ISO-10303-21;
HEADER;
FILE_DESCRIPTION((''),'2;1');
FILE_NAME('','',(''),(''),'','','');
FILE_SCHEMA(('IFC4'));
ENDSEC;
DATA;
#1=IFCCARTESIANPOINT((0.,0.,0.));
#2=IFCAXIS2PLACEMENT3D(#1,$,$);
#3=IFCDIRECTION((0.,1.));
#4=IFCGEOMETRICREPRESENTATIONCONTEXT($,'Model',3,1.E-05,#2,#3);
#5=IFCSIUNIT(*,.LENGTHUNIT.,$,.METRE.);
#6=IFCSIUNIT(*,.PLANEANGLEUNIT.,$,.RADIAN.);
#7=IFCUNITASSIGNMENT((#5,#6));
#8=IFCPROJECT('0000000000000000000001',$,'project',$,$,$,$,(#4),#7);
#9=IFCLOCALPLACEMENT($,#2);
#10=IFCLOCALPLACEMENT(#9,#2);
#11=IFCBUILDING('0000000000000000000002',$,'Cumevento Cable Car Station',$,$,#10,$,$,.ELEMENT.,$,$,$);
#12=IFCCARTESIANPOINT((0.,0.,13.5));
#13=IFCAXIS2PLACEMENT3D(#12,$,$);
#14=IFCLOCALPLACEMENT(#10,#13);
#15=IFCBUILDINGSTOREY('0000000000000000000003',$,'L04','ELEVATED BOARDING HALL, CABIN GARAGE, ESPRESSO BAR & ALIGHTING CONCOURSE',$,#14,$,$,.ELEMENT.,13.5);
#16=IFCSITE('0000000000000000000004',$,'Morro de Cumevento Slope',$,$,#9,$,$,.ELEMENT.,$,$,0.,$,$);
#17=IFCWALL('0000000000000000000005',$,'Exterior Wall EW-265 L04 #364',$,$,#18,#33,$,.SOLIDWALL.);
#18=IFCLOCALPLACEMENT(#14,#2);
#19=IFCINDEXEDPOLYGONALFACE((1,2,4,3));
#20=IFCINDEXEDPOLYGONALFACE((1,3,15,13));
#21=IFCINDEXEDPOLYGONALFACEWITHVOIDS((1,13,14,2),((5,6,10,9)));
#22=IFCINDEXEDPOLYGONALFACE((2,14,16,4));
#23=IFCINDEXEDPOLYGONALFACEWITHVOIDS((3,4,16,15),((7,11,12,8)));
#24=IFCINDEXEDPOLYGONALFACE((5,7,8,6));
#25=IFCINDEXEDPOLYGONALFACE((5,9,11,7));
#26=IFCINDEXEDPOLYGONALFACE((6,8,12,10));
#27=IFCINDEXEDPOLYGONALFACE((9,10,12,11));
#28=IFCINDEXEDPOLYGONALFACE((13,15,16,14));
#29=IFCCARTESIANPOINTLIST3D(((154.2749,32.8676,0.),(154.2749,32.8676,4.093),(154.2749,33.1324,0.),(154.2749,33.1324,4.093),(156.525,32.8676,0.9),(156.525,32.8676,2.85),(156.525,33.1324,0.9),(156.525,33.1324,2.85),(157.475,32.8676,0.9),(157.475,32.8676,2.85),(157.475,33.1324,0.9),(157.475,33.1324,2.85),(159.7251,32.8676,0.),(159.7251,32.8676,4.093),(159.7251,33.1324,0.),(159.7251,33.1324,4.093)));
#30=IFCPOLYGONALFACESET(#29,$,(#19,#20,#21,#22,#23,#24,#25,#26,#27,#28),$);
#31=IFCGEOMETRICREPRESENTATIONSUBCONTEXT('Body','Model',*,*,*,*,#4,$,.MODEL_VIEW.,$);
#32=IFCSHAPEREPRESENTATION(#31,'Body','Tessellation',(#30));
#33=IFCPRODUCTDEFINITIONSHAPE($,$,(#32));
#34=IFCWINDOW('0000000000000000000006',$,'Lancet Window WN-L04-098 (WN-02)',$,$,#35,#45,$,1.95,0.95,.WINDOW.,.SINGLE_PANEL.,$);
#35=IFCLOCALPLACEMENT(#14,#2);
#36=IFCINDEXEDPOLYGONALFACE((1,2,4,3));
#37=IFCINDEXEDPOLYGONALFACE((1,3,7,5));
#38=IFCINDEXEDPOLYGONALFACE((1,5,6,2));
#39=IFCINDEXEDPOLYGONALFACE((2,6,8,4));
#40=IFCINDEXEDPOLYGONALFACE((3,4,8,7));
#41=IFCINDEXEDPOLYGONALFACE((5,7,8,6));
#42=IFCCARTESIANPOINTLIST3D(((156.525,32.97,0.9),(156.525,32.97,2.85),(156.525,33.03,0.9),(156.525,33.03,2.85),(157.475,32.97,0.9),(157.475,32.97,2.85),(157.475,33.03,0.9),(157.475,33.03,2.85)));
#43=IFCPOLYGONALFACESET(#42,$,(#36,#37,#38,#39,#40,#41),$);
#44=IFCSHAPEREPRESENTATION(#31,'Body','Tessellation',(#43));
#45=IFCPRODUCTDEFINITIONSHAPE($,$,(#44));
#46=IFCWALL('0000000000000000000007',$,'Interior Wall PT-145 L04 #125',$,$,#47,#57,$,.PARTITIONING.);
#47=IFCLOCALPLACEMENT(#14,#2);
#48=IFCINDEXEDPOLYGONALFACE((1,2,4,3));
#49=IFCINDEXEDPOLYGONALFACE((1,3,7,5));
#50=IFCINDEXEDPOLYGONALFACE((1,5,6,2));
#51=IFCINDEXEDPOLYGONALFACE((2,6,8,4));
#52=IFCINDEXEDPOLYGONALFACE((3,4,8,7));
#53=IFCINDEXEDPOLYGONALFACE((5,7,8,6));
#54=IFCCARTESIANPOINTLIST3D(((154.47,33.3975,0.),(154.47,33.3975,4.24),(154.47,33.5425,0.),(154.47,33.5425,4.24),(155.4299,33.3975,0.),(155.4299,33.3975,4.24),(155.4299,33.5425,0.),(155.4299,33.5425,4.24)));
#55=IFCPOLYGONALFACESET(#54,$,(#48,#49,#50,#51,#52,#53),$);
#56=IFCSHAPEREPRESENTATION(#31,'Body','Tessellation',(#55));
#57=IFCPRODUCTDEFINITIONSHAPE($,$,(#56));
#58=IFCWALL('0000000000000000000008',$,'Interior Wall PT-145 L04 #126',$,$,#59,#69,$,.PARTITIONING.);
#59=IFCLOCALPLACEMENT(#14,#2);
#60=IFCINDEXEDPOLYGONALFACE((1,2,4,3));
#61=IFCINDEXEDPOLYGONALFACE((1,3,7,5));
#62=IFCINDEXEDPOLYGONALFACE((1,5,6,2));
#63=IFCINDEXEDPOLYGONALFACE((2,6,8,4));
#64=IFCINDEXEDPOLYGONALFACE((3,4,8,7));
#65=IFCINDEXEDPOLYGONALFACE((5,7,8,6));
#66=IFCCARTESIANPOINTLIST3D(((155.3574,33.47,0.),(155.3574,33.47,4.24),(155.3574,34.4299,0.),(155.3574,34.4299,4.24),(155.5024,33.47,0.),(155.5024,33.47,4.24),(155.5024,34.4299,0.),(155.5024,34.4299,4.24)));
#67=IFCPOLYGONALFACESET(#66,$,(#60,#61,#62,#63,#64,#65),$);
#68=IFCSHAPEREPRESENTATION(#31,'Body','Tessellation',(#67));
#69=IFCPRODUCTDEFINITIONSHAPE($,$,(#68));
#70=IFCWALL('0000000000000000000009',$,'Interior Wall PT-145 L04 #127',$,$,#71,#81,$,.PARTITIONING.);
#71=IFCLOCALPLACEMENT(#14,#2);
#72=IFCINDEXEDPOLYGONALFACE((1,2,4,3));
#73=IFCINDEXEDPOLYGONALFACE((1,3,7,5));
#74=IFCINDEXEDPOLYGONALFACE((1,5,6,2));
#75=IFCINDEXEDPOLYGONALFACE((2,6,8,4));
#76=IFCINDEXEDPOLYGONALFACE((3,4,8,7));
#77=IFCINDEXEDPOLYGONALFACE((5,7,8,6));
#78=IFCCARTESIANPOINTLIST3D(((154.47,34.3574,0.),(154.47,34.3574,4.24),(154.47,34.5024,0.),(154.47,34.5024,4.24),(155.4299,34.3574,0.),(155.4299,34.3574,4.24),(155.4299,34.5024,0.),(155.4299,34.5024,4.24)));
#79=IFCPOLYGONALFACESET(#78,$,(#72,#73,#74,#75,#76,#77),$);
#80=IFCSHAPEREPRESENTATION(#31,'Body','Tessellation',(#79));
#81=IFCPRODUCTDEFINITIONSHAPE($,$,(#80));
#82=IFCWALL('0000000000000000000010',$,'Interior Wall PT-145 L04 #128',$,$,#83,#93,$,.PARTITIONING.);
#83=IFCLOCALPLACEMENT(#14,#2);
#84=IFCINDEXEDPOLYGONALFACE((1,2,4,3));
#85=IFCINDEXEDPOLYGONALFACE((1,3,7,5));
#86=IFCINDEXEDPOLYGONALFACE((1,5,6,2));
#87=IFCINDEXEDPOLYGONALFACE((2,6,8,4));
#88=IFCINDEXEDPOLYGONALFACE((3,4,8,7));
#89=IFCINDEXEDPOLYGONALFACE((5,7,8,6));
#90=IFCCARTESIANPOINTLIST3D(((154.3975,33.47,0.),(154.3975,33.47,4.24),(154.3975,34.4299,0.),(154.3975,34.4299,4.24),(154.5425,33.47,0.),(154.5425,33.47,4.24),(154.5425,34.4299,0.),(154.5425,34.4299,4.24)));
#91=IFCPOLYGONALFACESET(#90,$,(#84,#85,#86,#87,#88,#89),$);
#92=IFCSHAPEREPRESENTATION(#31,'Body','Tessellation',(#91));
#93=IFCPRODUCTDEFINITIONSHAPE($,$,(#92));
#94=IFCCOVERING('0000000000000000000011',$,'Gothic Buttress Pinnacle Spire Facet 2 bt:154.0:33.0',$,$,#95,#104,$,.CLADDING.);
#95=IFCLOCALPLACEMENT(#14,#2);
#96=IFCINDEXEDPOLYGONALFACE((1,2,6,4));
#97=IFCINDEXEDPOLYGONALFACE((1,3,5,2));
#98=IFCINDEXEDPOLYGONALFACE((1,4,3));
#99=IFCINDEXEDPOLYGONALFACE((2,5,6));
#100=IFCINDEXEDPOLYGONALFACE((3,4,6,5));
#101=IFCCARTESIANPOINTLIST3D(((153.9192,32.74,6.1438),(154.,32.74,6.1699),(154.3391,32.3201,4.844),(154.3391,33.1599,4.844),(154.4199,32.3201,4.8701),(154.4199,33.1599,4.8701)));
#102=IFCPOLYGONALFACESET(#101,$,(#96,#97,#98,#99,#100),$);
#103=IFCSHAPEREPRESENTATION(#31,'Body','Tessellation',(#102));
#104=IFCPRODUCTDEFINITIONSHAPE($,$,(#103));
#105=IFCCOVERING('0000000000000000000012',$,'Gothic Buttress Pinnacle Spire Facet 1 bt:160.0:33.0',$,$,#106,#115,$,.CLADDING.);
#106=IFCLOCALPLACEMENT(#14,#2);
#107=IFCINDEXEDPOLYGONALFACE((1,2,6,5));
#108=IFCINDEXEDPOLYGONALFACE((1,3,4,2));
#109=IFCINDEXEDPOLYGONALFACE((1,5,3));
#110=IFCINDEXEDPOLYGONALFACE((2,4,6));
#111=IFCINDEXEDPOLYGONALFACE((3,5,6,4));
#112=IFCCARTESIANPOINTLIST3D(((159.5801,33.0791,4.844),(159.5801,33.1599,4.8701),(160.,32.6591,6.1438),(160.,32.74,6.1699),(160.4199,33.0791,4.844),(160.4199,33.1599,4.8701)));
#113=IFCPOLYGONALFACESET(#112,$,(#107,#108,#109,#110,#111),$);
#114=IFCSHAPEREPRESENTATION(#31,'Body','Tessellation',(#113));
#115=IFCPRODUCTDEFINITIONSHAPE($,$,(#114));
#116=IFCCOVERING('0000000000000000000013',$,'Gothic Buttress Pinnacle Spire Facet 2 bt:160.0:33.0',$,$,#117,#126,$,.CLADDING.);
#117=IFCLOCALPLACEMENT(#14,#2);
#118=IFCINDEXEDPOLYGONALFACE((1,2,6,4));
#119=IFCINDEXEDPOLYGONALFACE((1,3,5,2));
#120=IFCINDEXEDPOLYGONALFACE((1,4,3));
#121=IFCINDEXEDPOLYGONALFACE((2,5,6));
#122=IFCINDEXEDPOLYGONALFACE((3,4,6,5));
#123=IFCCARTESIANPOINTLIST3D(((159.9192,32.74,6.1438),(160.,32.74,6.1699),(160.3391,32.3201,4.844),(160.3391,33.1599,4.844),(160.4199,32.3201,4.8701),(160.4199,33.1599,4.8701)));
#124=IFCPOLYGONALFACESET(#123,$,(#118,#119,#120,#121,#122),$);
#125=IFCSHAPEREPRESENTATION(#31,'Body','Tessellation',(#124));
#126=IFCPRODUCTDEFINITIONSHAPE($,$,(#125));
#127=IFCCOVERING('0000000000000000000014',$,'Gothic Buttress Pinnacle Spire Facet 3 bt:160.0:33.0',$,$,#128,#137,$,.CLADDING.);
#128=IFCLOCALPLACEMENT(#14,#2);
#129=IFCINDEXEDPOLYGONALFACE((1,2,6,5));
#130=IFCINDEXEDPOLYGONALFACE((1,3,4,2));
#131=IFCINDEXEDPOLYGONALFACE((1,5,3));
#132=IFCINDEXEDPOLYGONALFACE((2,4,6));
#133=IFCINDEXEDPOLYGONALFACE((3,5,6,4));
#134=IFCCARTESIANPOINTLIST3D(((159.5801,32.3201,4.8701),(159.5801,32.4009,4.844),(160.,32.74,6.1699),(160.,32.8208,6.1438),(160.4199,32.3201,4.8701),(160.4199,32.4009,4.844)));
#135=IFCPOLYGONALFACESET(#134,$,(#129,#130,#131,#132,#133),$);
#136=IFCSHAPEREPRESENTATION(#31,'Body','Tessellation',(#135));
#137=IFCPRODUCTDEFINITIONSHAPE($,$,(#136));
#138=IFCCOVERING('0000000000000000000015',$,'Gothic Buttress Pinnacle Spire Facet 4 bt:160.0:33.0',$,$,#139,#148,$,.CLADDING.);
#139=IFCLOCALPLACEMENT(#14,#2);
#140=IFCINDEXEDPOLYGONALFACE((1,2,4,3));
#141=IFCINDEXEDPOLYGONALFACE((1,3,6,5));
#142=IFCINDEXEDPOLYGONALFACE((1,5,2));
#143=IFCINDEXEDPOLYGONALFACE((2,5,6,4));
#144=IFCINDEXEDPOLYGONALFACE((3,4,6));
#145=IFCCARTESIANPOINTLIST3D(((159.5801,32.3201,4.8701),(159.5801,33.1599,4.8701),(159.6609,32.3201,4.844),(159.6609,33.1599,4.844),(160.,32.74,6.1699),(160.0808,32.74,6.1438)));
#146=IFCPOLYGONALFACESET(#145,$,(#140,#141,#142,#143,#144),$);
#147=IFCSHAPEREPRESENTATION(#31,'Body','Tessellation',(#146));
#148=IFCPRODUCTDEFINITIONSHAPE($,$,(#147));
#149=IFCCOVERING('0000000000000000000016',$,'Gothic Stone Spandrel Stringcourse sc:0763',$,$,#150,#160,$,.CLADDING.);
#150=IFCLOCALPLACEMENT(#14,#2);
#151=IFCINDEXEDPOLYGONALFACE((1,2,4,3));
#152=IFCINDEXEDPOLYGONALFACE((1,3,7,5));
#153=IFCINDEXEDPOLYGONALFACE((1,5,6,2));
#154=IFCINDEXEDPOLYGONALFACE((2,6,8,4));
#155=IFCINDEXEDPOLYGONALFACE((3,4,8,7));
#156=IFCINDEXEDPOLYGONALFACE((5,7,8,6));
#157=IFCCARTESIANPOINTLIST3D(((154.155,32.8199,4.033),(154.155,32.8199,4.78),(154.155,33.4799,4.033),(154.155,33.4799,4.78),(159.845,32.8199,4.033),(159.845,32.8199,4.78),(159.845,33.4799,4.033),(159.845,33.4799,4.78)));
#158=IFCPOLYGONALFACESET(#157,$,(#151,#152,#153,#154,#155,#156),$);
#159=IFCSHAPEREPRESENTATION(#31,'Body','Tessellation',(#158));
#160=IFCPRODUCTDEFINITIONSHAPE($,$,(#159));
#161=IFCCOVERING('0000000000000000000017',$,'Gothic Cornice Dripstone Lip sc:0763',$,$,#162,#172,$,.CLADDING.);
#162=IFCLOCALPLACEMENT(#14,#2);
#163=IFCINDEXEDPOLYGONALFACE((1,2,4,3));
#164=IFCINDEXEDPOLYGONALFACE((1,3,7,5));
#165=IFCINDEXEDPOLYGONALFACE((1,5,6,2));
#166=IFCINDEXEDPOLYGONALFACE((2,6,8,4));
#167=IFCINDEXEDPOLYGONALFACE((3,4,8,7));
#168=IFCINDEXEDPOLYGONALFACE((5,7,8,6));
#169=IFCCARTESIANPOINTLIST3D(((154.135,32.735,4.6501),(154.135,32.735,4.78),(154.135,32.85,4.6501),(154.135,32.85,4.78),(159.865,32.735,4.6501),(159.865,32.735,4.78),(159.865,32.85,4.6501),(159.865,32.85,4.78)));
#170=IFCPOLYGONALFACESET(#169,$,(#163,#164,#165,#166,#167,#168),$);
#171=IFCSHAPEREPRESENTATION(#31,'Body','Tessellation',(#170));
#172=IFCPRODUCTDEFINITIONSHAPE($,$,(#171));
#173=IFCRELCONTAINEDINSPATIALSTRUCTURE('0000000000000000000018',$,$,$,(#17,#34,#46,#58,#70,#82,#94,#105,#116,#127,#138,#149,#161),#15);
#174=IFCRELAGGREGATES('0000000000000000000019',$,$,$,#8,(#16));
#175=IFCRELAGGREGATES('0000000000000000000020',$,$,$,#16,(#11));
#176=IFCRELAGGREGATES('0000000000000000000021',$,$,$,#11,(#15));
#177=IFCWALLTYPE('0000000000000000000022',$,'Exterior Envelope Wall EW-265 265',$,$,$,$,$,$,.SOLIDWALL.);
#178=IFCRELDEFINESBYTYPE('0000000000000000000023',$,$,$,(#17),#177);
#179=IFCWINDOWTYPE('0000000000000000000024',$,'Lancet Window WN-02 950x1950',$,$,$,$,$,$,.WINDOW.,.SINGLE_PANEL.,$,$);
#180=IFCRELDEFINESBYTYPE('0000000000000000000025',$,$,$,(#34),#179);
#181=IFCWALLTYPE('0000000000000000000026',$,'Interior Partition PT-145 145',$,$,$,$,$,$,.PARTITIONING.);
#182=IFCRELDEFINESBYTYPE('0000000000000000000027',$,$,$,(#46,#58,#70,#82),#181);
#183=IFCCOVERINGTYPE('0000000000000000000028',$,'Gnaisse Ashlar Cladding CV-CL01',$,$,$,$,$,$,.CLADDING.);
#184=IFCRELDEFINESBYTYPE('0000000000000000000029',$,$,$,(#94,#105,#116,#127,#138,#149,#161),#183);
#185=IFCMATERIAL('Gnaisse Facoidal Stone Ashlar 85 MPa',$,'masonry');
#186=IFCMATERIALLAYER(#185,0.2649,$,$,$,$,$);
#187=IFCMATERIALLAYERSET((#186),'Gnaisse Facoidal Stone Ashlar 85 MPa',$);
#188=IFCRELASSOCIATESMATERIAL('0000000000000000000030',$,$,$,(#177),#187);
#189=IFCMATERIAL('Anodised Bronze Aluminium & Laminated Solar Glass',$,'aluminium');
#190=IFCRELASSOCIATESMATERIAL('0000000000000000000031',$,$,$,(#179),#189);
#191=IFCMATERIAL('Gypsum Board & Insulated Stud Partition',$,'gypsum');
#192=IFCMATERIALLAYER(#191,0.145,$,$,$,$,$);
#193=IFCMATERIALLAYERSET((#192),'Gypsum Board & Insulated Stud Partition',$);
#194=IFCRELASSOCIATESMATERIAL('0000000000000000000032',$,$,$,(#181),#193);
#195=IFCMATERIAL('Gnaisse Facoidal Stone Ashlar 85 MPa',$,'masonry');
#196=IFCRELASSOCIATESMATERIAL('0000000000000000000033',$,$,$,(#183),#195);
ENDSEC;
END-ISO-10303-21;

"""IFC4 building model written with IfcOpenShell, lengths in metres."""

from ifc_helpers import new_model, si_unit, direction, frame, frame_2d, origin, origin_2d, place, context, subcontext, project, spatial, polyline, rectangle, outline, extrude, material, layer, layer_set, type_object, element, fill, save


model = new_model("IFC4")

# Units and contexts
model_context = context("Model", 3, precision=1e-05, world=origin(), true_north=direction((0.0, 1.0)))
body_context = subcontext(model_context, "Body", "Model", "MODEL_VIEW")
ifc_project = project(units=[si_unit("LENGTHUNIT", "METRE"), si_unit("PLANEANGLEUNIT", "RADIAN")], contexts=[model_context])

# Site, building, storey
site_placement = place(None, origin())
site = spatial("IfcSite", under=ifc_project, at=site_placement, Name="Morro de Cumevento Slope", CompositionType="ELEMENT", RefElevation=0.0)
building_placement = place(site_placement, origin())
building = spatial("IfcBuilding", under=site, at=building_placement, Name="Cumevento Cable Car Station", CompositionType="ELEMENT")
storey_placement = place(building_placement, frame((0.0, 0.0, 13.5)))
storey = spatial("IfcBuildingStorey", under=building, at=storey_placement, Name="L04", Description="ELEVATED BOARDING HALL, CABIN GARAGE, ESPRESSO BAR & ALIGHTING CONCOURSE", CompositionType="ELEMENT", Elevation=13.5)

# Wall, opening, window
ifc_material_1 = material(Name="Gnaisse Facoidal Stone Ashlar 85 MPa", Category="masonry")
ifc_layer_1 = layer(ifc_material_1, 0.2649)
ifc_layer_set_1 = layer_set([ifc_layer_1], Name="Gnaisse Facoidal Stone Ashlar 85 MPa")
wall_type_1 = type_object("IfcWallType", Name="Exterior Envelope Wall EW-265 265", PredefinedType="SOLIDWALL", material=ifc_layer_set_1)
wall_placement = place(storey_placement, frame((159.7251, 33.0, 0.0), z_axis=(0.0, 0.0, 1.0), x_axis=(-1.0, 0.0, 0.0)))
wall = element("IfcWall", 1, at=wall_placement, inside=storey, type_object=wall_type_1, Name="Exterior Wall EW-265 L04 #364", PredefinedType="SOLIDWALL", context=body_context, shape_type="SweptSolid", body=[
    extrude(rectangle(XDim=5.4502, YDim=0.2649, at=frame_2d((2.7251, 0.0))), origin(), (0.0, 0.0, 1.0), 4.093),
])
opening_placement = place(wall_placement, frame((2.25, 0.0, 0.8999)))
opening = element("IfcOpeningElement", 2, at=opening_placement, cuts=wall, PredefinedType="OPENING", context=body_context, shape_type="SweptSolid", body=[
    extrude(rectangle(XDim=0.95, YDim=1.95, at=frame_2d((0.4751, 0.9751))), frame((0.0, 0.1423, 0.0), z_axis=(0.0, -1.0, 0.0), x_axis=(1.0, 0.0, 0.0)), (0.0, 0.0, 1.0), 0.2849),
])
ifc_material_2 = material(Name="Anodised Bronze Aluminium & Laminated Solar Glass", Category="aluminium")
window_type = type_object("IfcWindowType", Name="Lancet Window WN-02 950x1950", PartitioningType="SINGLE_PANEL", PredefinedType="WINDOW", material=ifc_material_2)
window_placement = place(opening_placement, origin())
window = element("IfcWindow", 3, at=window_placement, inside=storey, type_object=window_type, Name="Lancet Window WN-L04-098 (WN-02)", OverallHeight=1.95, OverallWidth=0.95, PartitioningType="SINGLE_PANEL", PredefinedType="WINDOW", context=body_context, shape_type="SweptSolid", body=[
    extrude(rectangle(XDim=0.95, YDim=1.95, at=frame_2d((0.4751, 0.9751))), frame((0.0, 0.03, 0.0), z_axis=(0.0, -1.0, 0.0), x_axis=(1.0, 0.0, 0.0)), (0.0, 0.0, 1.0), 0.0601),
])
fill(opening, window)

# Walls
ifc_material_3 = material(Name="Gypsum Board & Insulated Stud Partition", Category="gypsum")
ifc_layer_2 = layer(ifc_material_3, 0.145)
ifc_layer_set_2 = layer_set([ifc_layer_2], Name="Gypsum Board & Insulated Stud Partition")
wall_type_2 = type_object("IfcWallType", Name="Interior Partition PT-145 145", PredefinedType="PARTITIONING", material=ifc_layer_set_2)
for number, where, z_axis, x_axis, name in (
    (4, (154.47, 33.47, 0.0), (0.0, 0.0, 1.0), (1.0, 0.0, 0.0), "Interior Wall PT-145 L04 #125"),
    (5, (155.4299, 33.47, 0.0), (0.0, 0.0, 1.0), (0.0, 1.0, 0.0), "Interior Wall PT-145 L04 #126"),
    (6, (155.4299, 34.4299, 0.0), (0.0, 0.0, 1.0), (-1.0, 0.0, 0.0), "Interior Wall PT-145 L04 #127"),
    (7, (154.47, 34.4299, 0.0), (0.0, 0.0, 1.0), (0.0, -1.0, 0.0), "Interior Wall PT-145 L04 #128"),
):
    element("IfcWall", number, at=place(storey_placement, frame(where, z_axis=z_axis, x_axis=x_axis)), inside=storey, type_object=wall_type_2, Name=name, PredefinedType="PARTITIONING", context=body_context, shape_type="SweptSolid", body=[
        extrude(rectangle(XDim=0.96, YDim=0.145, at=frame_2d((0.48, 0.0))), origin(), (0.0, 0.0, 1.0), 4.24),
    ])

# Coverings
ifc_material_4 = material(Name="Gnaisse Facoidal Stone Ashlar 85 MPa", Category="masonry")
covering_type = type_object("IfcCoveringType", Name="Gnaisse Ashlar Cladding CV-CL01", PredefinedType="CLADDING", material=ifc_material_4)
for number, where, z_axis, x_axis, name in (
    (8, (154.4199, 33.1599, 4.8701), (0.951574, 0.0, 0.307421), (0.0, -1.0, 0.0), "Gothic Buttress Pinnacle Spire Facet 2 bt:154.0:33.0"),
    (9, (159.5801, 33.1599, 4.8701), (0.0, 0.951574, 0.307421), (1.0, 0.0, 0.0), "Gothic Buttress Pinnacle Spire Facet 1 bt:160.0:33.0"),
    (10, (160.4199, 33.1599, 4.8701), (0.951574, 0.0, 0.307421), (0.0, -1.0, 0.0), "Gothic Buttress Pinnacle Spire Facet 2 bt:160.0:33.0"),
    (11, (160.4199, 32.3201, 4.8701), (0.0, -0.951574, 0.307421), (-1.0, 0.0, 0.0), "Gothic Buttress Pinnacle Spire Facet 3 bt:160.0:33.0"),
    (12, (159.5801, 32.3201, 4.8701), (-0.951574, 0.0, 0.307421), (0.0, 1.0, 0.0), "Gothic Buttress Pinnacle Spire Facet 4 bt:160.0:33.0"),
):
    element("IfcCovering", number, at=place(storey_placement, frame(where, z_axis=z_axis, x_axis=x_axis)), inside=storey, type_object=covering_type, Name=name, PredefinedType="CLADDING", context=body_context, shape_type="SweptSolid", body=[
        extrude(outline(polyline([(0.0, 0.0), (0.8398, 0.0), (0.4199, -1.366), (0.0, 0.0)])), origin(), (0.0, 0.0, -1.0), 0.085),
    ])
covering_1_placement = place(storey_placement, frame((157.0, 33.1499, 4.033), z_axis=(0.0, 0.0, 1.0), x_axis=(-1.0, 0.0, 0.0)))
element("IfcCovering", 13, at=covering_1_placement, inside=storey, type_object=covering_type, Name="Gothic Stone Spandrel Stringcourse sc:0763", PredefinedType="CLADDING", context=body_context, shape_type="SweptSolid", body=[
    extrude(rectangle(XDim=5.6899, YDim=0.6599, at=origin_2d()), origin(), (0.0, 0.0, 1.0), 0.7471),
])
covering_2_placement = place(storey_placement, frame((157.0, 32.7925, 4.6501), z_axis=(0.0, 0.0, 1.0), x_axis=(-1.0, 0.0, 0.0)))
element("IfcCovering", 14, at=covering_2_placement, inside=storey, type_object=covering_type, Name="Gothic Cornice Dripstone Lip sc:0763", PredefinedType="CLADDING", context=body_context, shape_type="SweptSolid", body=[
    extrude(rectangle(XDim=5.73, YDim=0.115, at=origin_2d()), origin(), (0.0, 0.0, 1.0), 0.1299),
])

save(model, "model.ifc")
